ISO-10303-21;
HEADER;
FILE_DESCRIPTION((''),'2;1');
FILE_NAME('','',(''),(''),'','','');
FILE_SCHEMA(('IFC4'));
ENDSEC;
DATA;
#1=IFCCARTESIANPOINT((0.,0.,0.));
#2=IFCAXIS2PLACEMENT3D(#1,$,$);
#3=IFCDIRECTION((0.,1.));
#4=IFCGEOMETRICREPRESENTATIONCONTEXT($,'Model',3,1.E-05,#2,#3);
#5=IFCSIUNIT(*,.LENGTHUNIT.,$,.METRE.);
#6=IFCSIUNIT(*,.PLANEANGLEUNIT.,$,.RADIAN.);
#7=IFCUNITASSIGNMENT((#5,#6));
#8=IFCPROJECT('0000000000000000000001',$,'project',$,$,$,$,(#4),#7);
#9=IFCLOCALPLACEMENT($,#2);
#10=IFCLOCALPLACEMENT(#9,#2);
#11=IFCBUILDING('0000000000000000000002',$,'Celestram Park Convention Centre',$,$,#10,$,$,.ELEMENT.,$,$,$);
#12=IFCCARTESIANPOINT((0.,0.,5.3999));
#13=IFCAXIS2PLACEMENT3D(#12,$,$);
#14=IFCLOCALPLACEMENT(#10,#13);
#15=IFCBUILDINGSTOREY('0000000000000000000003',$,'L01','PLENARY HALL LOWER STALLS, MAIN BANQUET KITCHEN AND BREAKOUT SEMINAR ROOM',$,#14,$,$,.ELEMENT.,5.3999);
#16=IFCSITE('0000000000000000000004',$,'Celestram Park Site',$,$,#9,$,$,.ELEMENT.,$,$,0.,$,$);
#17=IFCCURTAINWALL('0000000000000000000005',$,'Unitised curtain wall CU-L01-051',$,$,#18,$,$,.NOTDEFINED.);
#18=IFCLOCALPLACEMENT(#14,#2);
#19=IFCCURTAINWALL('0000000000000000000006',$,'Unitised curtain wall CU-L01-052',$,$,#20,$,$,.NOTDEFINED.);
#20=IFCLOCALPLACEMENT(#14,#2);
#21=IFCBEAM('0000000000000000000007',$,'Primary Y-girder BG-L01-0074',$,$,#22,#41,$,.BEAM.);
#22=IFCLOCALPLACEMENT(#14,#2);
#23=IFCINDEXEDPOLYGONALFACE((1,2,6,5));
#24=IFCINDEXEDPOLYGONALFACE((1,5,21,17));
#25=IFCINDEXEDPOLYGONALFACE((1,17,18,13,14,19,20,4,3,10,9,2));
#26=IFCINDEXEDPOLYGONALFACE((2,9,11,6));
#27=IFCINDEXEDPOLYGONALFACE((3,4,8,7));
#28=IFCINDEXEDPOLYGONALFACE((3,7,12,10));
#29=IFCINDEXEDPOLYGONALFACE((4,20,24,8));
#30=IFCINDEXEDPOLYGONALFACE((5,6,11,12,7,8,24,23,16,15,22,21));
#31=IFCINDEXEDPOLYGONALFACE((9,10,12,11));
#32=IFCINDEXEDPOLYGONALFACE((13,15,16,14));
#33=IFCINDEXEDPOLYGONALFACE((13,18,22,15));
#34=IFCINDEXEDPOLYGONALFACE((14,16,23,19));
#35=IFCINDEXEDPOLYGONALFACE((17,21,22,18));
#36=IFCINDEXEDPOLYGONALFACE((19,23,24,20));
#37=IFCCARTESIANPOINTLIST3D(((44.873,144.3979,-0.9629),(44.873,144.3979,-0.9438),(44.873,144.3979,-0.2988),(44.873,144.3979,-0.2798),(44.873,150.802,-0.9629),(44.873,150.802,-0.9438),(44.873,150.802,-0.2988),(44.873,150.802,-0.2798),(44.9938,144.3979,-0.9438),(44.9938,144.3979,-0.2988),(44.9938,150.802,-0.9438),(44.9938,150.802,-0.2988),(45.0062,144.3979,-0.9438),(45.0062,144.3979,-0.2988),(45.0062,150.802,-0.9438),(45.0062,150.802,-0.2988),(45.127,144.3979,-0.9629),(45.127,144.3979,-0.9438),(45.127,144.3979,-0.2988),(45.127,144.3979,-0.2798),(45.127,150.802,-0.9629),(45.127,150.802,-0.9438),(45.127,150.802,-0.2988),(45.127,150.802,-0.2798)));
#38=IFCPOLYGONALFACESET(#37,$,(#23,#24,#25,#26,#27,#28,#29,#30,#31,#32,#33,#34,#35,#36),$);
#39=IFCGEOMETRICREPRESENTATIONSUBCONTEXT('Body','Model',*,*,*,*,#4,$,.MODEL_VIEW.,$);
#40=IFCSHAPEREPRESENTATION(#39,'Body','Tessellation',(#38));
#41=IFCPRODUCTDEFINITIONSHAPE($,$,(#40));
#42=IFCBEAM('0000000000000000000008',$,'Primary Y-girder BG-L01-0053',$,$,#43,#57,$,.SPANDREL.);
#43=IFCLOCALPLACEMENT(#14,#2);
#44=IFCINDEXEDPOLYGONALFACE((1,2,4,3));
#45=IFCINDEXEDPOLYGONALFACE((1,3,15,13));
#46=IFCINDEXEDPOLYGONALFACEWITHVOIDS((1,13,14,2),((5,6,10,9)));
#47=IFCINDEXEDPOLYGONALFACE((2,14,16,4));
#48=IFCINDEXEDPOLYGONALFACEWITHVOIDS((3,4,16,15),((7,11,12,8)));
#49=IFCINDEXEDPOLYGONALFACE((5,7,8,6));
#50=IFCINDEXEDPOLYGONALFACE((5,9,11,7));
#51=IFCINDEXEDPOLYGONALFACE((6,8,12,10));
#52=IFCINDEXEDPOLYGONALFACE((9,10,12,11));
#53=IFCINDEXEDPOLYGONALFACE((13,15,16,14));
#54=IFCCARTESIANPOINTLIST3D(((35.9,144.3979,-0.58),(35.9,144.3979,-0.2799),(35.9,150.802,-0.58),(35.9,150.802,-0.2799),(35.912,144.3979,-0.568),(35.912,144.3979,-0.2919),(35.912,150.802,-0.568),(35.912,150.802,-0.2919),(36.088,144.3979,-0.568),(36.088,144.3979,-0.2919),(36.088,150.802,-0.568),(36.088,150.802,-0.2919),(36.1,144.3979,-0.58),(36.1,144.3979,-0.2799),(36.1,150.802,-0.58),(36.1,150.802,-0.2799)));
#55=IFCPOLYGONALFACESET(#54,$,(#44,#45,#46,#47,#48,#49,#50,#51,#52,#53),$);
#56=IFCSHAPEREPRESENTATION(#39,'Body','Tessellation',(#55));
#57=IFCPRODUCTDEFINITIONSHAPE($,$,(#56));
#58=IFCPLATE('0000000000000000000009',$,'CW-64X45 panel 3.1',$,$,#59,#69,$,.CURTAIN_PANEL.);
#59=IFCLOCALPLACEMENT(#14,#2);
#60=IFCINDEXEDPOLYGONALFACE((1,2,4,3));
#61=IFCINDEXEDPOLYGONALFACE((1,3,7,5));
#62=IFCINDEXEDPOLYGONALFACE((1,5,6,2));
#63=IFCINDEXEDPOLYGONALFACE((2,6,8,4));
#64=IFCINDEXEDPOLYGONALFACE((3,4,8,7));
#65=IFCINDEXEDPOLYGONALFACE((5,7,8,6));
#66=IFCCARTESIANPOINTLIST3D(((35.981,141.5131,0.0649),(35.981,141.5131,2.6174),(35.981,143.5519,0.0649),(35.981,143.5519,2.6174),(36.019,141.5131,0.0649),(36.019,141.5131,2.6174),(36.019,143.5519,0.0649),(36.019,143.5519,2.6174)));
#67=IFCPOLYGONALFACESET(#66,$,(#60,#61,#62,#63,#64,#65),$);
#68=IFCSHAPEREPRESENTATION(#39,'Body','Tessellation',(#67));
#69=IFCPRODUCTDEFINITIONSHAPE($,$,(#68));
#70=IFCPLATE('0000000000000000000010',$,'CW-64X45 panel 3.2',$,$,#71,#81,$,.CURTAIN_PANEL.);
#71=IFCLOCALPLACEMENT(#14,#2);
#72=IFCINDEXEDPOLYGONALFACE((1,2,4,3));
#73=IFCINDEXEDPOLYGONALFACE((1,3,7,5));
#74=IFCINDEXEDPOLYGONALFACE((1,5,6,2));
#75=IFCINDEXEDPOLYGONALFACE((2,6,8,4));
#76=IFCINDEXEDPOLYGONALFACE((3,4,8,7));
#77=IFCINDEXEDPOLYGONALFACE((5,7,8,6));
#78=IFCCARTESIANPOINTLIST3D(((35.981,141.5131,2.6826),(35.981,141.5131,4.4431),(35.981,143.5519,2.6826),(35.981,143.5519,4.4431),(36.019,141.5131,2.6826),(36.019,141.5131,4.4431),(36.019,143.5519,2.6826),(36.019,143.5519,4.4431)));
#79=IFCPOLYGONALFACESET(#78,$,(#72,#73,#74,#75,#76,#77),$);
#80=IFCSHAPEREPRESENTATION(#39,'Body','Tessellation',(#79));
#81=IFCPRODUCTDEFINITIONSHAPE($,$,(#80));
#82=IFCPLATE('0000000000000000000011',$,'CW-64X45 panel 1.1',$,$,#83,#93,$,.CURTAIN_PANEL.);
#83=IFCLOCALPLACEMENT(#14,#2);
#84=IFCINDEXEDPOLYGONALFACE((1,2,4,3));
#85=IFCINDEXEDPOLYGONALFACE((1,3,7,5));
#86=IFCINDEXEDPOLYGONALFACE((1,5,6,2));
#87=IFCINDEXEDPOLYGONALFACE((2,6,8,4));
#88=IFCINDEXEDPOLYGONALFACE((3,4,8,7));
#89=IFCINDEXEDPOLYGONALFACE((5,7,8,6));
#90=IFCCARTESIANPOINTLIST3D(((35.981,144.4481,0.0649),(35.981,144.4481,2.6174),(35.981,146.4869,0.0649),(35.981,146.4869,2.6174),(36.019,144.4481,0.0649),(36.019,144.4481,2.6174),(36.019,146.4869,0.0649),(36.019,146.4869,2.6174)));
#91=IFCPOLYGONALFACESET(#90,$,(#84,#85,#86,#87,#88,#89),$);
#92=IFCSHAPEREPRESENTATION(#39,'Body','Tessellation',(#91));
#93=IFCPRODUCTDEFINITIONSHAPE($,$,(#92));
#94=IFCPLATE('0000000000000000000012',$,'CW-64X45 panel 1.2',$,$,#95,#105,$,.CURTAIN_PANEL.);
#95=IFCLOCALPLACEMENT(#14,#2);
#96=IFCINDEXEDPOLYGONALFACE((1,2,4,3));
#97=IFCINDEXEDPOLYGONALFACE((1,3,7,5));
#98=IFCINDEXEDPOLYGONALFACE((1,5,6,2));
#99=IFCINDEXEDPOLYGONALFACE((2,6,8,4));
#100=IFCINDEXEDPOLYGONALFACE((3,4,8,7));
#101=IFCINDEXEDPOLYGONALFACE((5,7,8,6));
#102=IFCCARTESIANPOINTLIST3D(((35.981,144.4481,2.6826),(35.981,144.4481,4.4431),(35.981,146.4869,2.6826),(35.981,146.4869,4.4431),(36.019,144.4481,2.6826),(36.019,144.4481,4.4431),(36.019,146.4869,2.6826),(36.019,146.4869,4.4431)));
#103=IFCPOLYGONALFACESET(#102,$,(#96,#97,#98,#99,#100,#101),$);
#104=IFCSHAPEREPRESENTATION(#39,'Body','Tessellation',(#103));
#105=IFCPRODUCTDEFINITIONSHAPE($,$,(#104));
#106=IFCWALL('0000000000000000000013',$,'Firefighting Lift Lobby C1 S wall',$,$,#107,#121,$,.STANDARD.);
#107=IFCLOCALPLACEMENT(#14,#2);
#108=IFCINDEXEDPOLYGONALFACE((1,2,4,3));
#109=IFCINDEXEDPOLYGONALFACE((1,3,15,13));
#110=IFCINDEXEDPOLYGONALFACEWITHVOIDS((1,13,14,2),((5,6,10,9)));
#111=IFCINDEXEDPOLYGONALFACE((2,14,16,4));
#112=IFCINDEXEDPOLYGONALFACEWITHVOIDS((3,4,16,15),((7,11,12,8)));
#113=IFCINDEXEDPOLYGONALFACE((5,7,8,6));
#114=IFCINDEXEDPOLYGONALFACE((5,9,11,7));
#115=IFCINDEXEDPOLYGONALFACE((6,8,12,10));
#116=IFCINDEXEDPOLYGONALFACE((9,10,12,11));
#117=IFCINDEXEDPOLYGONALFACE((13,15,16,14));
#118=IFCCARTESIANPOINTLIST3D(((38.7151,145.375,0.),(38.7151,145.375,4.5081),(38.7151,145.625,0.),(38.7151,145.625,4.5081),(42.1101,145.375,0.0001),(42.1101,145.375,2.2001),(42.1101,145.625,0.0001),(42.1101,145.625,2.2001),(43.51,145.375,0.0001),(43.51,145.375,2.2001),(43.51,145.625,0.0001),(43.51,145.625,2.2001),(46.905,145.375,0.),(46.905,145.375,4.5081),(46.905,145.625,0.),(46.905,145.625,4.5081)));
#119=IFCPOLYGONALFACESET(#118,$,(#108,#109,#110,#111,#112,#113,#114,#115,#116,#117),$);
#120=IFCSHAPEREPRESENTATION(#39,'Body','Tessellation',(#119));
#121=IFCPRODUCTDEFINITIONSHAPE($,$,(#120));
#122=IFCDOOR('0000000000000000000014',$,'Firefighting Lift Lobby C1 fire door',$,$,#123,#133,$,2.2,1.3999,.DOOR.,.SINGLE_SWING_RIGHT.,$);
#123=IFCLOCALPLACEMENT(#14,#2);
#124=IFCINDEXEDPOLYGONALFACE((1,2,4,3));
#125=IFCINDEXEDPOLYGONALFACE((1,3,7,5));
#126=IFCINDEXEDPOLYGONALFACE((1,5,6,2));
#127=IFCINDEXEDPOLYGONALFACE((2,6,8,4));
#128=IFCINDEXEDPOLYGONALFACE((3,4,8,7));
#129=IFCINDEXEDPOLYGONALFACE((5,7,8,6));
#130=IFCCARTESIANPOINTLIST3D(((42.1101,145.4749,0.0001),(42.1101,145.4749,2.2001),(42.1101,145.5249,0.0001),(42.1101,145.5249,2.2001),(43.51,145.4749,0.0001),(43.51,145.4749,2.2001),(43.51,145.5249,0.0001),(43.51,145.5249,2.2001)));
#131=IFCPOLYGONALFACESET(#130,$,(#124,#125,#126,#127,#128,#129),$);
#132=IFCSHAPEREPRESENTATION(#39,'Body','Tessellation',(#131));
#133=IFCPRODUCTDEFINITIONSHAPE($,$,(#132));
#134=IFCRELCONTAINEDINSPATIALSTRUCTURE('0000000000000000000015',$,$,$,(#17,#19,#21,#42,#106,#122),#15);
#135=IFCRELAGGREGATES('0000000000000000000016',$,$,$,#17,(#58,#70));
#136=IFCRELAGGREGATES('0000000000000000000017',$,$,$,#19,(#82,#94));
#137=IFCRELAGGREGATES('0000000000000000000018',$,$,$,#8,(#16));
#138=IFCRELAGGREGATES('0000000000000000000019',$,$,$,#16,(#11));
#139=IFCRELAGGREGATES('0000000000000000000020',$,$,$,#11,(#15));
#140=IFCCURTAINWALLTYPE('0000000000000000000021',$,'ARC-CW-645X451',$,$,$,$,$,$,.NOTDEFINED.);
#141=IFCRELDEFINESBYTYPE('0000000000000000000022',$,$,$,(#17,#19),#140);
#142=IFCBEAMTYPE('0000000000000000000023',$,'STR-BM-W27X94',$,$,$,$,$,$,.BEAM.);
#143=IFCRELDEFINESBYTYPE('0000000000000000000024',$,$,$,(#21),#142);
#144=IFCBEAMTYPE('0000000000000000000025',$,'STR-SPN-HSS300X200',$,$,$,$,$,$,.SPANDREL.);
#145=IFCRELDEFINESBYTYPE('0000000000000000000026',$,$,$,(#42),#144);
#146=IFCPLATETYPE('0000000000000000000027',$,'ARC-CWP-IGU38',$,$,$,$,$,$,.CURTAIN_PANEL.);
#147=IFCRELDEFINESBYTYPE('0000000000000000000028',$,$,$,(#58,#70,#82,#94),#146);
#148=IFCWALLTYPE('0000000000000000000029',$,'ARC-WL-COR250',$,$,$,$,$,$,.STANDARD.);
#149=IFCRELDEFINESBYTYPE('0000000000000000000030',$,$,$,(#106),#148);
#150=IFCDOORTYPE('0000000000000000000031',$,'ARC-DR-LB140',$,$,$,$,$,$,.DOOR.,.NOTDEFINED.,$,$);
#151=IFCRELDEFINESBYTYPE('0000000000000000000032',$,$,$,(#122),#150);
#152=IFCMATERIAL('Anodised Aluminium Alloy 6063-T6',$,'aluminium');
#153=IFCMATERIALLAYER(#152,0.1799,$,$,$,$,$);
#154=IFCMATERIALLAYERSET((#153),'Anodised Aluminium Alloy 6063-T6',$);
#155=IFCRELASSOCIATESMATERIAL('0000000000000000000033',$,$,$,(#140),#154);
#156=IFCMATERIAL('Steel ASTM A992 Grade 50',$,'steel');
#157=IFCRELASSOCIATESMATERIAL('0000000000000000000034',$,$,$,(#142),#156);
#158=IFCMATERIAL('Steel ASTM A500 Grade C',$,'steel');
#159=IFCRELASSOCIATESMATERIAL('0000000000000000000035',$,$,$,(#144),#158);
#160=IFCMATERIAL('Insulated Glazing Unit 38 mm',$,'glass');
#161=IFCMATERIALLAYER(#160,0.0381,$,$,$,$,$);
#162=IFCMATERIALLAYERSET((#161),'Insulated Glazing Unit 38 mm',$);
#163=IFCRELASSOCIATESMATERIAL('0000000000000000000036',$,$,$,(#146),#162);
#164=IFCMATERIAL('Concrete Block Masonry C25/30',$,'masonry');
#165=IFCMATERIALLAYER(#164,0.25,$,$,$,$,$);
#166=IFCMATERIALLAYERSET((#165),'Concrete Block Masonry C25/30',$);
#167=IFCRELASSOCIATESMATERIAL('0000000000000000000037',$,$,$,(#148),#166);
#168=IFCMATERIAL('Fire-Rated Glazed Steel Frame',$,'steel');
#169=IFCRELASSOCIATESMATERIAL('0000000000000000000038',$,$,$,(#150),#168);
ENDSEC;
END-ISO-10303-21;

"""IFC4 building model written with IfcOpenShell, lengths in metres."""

from ifc_helpers import new_model, si_unit, direction, frame, frame_2d, origin, origin_2d, place, context, subcontext, project, spatial, rectangle, hollow_rectangle, i_section, extrude, material, layer, layer_set, material_profile, profile_set, type_object, element, fill, aggregate, save


model = new_model("IFC4")

# Units and contexts
model_context = context("Model", 3, precision=1e-05, world=origin(), true_north=direction((0.0, 1.0)))
body_context = subcontext(model_context, "Body", "Model", "MODEL_VIEW")
ifc_project = project(units=[si_unit("LENGTHUNIT", "METRE"), si_unit("PLANEANGLEUNIT", "RADIAN")], contexts=[model_context])

# Site, building, storey
site_placement = place(None, origin())
site = spatial("IfcSite", under=ifc_project, at=site_placement, Name="Celestram Park Site", CompositionType="ELEMENT", RefElevation=0.0)
building_placement = place(site_placement, origin())
building = spatial("IfcBuilding", under=site, at=building_placement, Name="Celestram Park Convention Centre", CompositionType="ELEMENT")
storey_placement = place(building_placement, frame((0.0, 0.0, 5.3999)))
storey = spatial("IfcBuildingStorey", under=building, at=storey_placement, Name="L01", Description="PLENARY HALL LOWER STALLS, MAIN BANQUET KITCHEN AND BREAKOUT SEMINAR ROOM", CompositionType="ELEMENT", Elevation=5.3999)

# Curtain walls
ifc_material_1 = material(Name="Anodised Aluminium Alloy 6063-T6", Category="aluminium")
ifc_layer_1 = layer(ifc_material_1, 0.1799)
ifc_layer_set_1 = layer_set([ifc_layer_1], Name="Anodised Aluminium Alloy 6063-T6")
curtain_wall_type = type_object("IfcCurtainWallType", Name="ARC-CW-645X451", PredefinedType="NOTDEFINED", material=ifc_layer_set_1)
curtain_wall_1_placement = place(storey_placement, origin())
curtain_wall_1 = element("IfcCurtainWall", 1, at=curtain_wall_1_placement, inside=storey, type_object=curtain_wall_type, Name="Unitised curtain wall CU-L01-051", PredefinedType="NOTDEFINED")
curtain_wall_2_placement = place(storey_placement, origin())
curtain_wall_2 = element("IfcCurtainWall", 2, at=curtain_wall_2_placement, inside=storey, type_object=curtain_wall_type, Name="Unitised curtain wall CU-L01-052", PredefinedType="NOTDEFINED")

# Beams
ifc_material_2 = material(Name="Steel ASTM A992 Grade 50", Category="steel")
ifc_material_profile_1 = material_profile(ifc_material_2, i_section(OverallWidth=0.2539, OverallDepth=0.6831, WebThickness=0.0125, FlangeThickness=0.019, at=origin_2d()), Name="W27X94")
ifc_profile_set_1 = profile_set([ifc_material_profile_1], Name="Steel ASTM A992 Grade 50")
beam_type_1 = type_object("IfcBeamType", Name="STR-BM-W27X94", PredefinedType="BEAM", material=ifc_profile_set_1)
beam_1_placement = place(storey_placement, frame((45.0, 144.3979, -0.6213), z_axis=(0.0, 1.0, 0.0), x_axis=(-1.0, 0.0, 0.0)))
element("IfcBeam", 3, at=beam_1_placement, inside=storey, type_object=beam_type_1, Name="Primary Y-girder BG-L01-0074", PredefinedType="BEAM", context=body_context, shape_type="SweptSolid", body=[
    extrude(i_section(OverallWidth=0.2539, OverallDepth=0.6831, WebThickness=0.0125, FlangeThickness=0.019, at=origin_2d()), origin(), (0.0, 0.0, 1.0), 6.4041),
])
ifc_material_3 = material(Name="Steel ASTM A500 Grade C", Category="steel")
ifc_material_profile_2 = material_profile(ifc_material_3, hollow_rectangle(XDim=0.2, YDim=0.3, WallThickness=0.012, at=origin_2d()), Name="HSS300X200X12")
ifc_profile_set_2 = profile_set([ifc_material_profile_2], Name="Steel ASTM A500 Grade C")
beam_type_2 = type_object("IfcBeamType", Name="STR-SPN-HSS300X200", PredefinedType="SPANDREL", material=ifc_profile_set_2)
beam_2_placement = place(storey_placement, frame((36.0, 144.3979, -0.4299), z_axis=(0.0, 1.0, 0.0), x_axis=(-1.0, 0.0, 0.0)))
element("IfcBeam", 4, at=beam_2_placement, inside=storey, type_object=beam_type_2, Name="Primary Y-girder BG-L01-0053", PredefinedType="SPANDREL", context=body_context, shape_type="SweptSolid", body=[
    extrude(hollow_rectangle(XDim=0.2, YDim=0.3, WallThickness=0.012, at=origin_2d()), origin(), (0.0, 0.0, 1.0), 6.4041),
])

# Plates
ifc_material_4 = material(Name="Insulated Glazing Unit 38 mm", Category="glass")
ifc_layer_2 = layer(ifc_material_4, 0.0381)
ifc_layer_set_2 = layer_set([ifc_layer_2], Name="Insulated Glazing Unit 38 mm")
plate_type = type_object("IfcPlateType", Name="ARC-CWP-IGU38", PredefinedType="CURTAIN_PANEL", material=ifc_layer_set_2)
plate_1_placement = place(storey_placement, frame((36.0, 142.5325, 0.0649), z_axis=(0.0, 0.0, 1.0), x_axis=(0.0, 1.0, 0.0)))
plate_1 = element("IfcPlate", 5, at=plate_1_placement, type_object=plate_type, Name="CW-64X45 panel 3.1", PredefinedType="CURTAIN_PANEL", context=body_context, shape_type="SweptSolid", body=[
    extrude(rectangle(XDim=2.0388, YDim=0.0381, at=origin_2d()), origin(), (0.0, 0.0, 1.0), 2.5525),
])
plate_2_placement = place(storey_placement, frame((36.0, 142.5325, 2.6826), z_axis=(0.0, 0.0, 1.0), x_axis=(0.0, 1.0, 0.0)))
plate_2 = element("IfcPlate", 6, at=plate_2_placement, type_object=plate_type, Name="CW-64X45 panel 3.2", PredefinedType="CURTAIN_PANEL", context=body_context, shape_type="SweptSolid", body=[
    extrude(rectangle(XDim=2.0388, YDim=0.0381, at=origin_2d()), origin(), (0.0, 0.0, 1.0), 1.7605),
])
aggregate(curtain_wall_1, [plate_1, plate_2])
plate_3_placement = place(storey_placement, frame((36.0, 145.4675, 0.0649), z_axis=(0.0, 0.0, 1.0), x_axis=(0.0, 1.0, 0.0)))
plate_3 = element("IfcPlate", 7, at=plate_3_placement, type_object=plate_type, Name="CW-64X45 panel 1.1", PredefinedType="CURTAIN_PANEL", context=body_context, shape_type="SweptSolid", body=[
    extrude(rectangle(XDim=2.0388, YDim=0.0381, at=origin_2d()), origin(), (0.0, 0.0, 1.0), 2.5525),
])
plate_4_placement = place(storey_placement, frame((36.0, 145.4675, 2.6826), z_axis=(0.0, 0.0, 1.0), x_axis=(0.0, 1.0, 0.0)))
plate_4 = element("IfcPlate", 8, at=plate_4_placement, type_object=plate_type, Name="CW-64X45 panel 1.2", PredefinedType="CURTAIN_PANEL", context=body_context, shape_type="SweptSolid", body=[
    extrude(rectangle(XDim=2.0388, YDim=0.0381, at=origin_2d()), origin(), (0.0, 0.0, 1.0), 1.7605),
])
aggregate(curtain_wall_2, [plate_3, plate_4])

# Wall, opening, door
ifc_material_5 = material(Name="Concrete Block Masonry C25/30", Category="masonry")
ifc_layer_3 = layer(ifc_material_5, 0.25)
ifc_layer_set_3 = layer_set([ifc_layer_3], Name="Concrete Block Masonry C25/30")
wall_type = type_object("IfcWallType", Name="ARC-WL-COR250", PredefinedType="STANDARD", material=ifc_layer_set_3)
wall_placement = place(storey_placement, frame((38.7151, 145.5, 0.0), z_axis=(0.0, 0.0, 1.0), x_axis=(1.0, 0.0, 0.0)))
wall = element("IfcWall", 9, at=wall_placement, inside=storey, type_object=wall_type, Name="Firefighting Lift Lobby C1 S wall", PredefinedType="STANDARD", context=body_context, shape_type="SweptSolid", body=[
    extrude(rectangle(XDim=8.1899, YDim=0.25, at=frame_2d((4.095, 0.0))), origin(), (0.0, 0.0, 1.0), 4.5081),
])
opening_placement = place(wall_placement, frame((3.395, 0.0, 0.0)))
opening = element("IfcOpeningElement", 10, at=opening_placement, cuts=wall, PredefinedType="OPENING", context=body_context, shape_type="SweptSolid", body=[
    extrude(rectangle(XDim=1.3999, YDim=2.2, at=frame_2d((0.7, 1.1001))), frame((0.0, 0.135, 0.0), z_axis=(0.0, -1.0, 0.0), x_axis=(1.0, 0.0, 0.0)), (0.0, 0.0, 1.0), 0.27),
])
ifc_material_6 = material(Name="Fire-Rated Glazed Steel Frame", Category="steel")
door_type = type_object("IfcDoorType", Name="ARC-DR-LB140", OperationType="NOTDEFINED", PredefinedType="DOOR", material=ifc_material_6)
door_placement = place(opening_placement, origin())
door = element("IfcDoor", 11, at=door_placement, inside=storey, type_object=door_type, Name="Firefighting Lift Lobby C1 fire door", OperationType="SINGLE_SWING_RIGHT", OverallHeight=2.2, OverallWidth=1.3999, PredefinedType="DOOR", context=body_context, shape_type="SweptSolid", body=[
    extrude(rectangle(XDim=1.3999, YDim=2.2, at=frame_2d((0.7, 1.1001))), frame((0.0, 0.0249, 0.0), z_axis=(0.0, -1.0, 0.0), x_axis=(1.0, 0.0, 0.0)), (0.0, 0.0, 1.0), 0.05),
])
fill(opening, door)

save(model, "model.ifc")
